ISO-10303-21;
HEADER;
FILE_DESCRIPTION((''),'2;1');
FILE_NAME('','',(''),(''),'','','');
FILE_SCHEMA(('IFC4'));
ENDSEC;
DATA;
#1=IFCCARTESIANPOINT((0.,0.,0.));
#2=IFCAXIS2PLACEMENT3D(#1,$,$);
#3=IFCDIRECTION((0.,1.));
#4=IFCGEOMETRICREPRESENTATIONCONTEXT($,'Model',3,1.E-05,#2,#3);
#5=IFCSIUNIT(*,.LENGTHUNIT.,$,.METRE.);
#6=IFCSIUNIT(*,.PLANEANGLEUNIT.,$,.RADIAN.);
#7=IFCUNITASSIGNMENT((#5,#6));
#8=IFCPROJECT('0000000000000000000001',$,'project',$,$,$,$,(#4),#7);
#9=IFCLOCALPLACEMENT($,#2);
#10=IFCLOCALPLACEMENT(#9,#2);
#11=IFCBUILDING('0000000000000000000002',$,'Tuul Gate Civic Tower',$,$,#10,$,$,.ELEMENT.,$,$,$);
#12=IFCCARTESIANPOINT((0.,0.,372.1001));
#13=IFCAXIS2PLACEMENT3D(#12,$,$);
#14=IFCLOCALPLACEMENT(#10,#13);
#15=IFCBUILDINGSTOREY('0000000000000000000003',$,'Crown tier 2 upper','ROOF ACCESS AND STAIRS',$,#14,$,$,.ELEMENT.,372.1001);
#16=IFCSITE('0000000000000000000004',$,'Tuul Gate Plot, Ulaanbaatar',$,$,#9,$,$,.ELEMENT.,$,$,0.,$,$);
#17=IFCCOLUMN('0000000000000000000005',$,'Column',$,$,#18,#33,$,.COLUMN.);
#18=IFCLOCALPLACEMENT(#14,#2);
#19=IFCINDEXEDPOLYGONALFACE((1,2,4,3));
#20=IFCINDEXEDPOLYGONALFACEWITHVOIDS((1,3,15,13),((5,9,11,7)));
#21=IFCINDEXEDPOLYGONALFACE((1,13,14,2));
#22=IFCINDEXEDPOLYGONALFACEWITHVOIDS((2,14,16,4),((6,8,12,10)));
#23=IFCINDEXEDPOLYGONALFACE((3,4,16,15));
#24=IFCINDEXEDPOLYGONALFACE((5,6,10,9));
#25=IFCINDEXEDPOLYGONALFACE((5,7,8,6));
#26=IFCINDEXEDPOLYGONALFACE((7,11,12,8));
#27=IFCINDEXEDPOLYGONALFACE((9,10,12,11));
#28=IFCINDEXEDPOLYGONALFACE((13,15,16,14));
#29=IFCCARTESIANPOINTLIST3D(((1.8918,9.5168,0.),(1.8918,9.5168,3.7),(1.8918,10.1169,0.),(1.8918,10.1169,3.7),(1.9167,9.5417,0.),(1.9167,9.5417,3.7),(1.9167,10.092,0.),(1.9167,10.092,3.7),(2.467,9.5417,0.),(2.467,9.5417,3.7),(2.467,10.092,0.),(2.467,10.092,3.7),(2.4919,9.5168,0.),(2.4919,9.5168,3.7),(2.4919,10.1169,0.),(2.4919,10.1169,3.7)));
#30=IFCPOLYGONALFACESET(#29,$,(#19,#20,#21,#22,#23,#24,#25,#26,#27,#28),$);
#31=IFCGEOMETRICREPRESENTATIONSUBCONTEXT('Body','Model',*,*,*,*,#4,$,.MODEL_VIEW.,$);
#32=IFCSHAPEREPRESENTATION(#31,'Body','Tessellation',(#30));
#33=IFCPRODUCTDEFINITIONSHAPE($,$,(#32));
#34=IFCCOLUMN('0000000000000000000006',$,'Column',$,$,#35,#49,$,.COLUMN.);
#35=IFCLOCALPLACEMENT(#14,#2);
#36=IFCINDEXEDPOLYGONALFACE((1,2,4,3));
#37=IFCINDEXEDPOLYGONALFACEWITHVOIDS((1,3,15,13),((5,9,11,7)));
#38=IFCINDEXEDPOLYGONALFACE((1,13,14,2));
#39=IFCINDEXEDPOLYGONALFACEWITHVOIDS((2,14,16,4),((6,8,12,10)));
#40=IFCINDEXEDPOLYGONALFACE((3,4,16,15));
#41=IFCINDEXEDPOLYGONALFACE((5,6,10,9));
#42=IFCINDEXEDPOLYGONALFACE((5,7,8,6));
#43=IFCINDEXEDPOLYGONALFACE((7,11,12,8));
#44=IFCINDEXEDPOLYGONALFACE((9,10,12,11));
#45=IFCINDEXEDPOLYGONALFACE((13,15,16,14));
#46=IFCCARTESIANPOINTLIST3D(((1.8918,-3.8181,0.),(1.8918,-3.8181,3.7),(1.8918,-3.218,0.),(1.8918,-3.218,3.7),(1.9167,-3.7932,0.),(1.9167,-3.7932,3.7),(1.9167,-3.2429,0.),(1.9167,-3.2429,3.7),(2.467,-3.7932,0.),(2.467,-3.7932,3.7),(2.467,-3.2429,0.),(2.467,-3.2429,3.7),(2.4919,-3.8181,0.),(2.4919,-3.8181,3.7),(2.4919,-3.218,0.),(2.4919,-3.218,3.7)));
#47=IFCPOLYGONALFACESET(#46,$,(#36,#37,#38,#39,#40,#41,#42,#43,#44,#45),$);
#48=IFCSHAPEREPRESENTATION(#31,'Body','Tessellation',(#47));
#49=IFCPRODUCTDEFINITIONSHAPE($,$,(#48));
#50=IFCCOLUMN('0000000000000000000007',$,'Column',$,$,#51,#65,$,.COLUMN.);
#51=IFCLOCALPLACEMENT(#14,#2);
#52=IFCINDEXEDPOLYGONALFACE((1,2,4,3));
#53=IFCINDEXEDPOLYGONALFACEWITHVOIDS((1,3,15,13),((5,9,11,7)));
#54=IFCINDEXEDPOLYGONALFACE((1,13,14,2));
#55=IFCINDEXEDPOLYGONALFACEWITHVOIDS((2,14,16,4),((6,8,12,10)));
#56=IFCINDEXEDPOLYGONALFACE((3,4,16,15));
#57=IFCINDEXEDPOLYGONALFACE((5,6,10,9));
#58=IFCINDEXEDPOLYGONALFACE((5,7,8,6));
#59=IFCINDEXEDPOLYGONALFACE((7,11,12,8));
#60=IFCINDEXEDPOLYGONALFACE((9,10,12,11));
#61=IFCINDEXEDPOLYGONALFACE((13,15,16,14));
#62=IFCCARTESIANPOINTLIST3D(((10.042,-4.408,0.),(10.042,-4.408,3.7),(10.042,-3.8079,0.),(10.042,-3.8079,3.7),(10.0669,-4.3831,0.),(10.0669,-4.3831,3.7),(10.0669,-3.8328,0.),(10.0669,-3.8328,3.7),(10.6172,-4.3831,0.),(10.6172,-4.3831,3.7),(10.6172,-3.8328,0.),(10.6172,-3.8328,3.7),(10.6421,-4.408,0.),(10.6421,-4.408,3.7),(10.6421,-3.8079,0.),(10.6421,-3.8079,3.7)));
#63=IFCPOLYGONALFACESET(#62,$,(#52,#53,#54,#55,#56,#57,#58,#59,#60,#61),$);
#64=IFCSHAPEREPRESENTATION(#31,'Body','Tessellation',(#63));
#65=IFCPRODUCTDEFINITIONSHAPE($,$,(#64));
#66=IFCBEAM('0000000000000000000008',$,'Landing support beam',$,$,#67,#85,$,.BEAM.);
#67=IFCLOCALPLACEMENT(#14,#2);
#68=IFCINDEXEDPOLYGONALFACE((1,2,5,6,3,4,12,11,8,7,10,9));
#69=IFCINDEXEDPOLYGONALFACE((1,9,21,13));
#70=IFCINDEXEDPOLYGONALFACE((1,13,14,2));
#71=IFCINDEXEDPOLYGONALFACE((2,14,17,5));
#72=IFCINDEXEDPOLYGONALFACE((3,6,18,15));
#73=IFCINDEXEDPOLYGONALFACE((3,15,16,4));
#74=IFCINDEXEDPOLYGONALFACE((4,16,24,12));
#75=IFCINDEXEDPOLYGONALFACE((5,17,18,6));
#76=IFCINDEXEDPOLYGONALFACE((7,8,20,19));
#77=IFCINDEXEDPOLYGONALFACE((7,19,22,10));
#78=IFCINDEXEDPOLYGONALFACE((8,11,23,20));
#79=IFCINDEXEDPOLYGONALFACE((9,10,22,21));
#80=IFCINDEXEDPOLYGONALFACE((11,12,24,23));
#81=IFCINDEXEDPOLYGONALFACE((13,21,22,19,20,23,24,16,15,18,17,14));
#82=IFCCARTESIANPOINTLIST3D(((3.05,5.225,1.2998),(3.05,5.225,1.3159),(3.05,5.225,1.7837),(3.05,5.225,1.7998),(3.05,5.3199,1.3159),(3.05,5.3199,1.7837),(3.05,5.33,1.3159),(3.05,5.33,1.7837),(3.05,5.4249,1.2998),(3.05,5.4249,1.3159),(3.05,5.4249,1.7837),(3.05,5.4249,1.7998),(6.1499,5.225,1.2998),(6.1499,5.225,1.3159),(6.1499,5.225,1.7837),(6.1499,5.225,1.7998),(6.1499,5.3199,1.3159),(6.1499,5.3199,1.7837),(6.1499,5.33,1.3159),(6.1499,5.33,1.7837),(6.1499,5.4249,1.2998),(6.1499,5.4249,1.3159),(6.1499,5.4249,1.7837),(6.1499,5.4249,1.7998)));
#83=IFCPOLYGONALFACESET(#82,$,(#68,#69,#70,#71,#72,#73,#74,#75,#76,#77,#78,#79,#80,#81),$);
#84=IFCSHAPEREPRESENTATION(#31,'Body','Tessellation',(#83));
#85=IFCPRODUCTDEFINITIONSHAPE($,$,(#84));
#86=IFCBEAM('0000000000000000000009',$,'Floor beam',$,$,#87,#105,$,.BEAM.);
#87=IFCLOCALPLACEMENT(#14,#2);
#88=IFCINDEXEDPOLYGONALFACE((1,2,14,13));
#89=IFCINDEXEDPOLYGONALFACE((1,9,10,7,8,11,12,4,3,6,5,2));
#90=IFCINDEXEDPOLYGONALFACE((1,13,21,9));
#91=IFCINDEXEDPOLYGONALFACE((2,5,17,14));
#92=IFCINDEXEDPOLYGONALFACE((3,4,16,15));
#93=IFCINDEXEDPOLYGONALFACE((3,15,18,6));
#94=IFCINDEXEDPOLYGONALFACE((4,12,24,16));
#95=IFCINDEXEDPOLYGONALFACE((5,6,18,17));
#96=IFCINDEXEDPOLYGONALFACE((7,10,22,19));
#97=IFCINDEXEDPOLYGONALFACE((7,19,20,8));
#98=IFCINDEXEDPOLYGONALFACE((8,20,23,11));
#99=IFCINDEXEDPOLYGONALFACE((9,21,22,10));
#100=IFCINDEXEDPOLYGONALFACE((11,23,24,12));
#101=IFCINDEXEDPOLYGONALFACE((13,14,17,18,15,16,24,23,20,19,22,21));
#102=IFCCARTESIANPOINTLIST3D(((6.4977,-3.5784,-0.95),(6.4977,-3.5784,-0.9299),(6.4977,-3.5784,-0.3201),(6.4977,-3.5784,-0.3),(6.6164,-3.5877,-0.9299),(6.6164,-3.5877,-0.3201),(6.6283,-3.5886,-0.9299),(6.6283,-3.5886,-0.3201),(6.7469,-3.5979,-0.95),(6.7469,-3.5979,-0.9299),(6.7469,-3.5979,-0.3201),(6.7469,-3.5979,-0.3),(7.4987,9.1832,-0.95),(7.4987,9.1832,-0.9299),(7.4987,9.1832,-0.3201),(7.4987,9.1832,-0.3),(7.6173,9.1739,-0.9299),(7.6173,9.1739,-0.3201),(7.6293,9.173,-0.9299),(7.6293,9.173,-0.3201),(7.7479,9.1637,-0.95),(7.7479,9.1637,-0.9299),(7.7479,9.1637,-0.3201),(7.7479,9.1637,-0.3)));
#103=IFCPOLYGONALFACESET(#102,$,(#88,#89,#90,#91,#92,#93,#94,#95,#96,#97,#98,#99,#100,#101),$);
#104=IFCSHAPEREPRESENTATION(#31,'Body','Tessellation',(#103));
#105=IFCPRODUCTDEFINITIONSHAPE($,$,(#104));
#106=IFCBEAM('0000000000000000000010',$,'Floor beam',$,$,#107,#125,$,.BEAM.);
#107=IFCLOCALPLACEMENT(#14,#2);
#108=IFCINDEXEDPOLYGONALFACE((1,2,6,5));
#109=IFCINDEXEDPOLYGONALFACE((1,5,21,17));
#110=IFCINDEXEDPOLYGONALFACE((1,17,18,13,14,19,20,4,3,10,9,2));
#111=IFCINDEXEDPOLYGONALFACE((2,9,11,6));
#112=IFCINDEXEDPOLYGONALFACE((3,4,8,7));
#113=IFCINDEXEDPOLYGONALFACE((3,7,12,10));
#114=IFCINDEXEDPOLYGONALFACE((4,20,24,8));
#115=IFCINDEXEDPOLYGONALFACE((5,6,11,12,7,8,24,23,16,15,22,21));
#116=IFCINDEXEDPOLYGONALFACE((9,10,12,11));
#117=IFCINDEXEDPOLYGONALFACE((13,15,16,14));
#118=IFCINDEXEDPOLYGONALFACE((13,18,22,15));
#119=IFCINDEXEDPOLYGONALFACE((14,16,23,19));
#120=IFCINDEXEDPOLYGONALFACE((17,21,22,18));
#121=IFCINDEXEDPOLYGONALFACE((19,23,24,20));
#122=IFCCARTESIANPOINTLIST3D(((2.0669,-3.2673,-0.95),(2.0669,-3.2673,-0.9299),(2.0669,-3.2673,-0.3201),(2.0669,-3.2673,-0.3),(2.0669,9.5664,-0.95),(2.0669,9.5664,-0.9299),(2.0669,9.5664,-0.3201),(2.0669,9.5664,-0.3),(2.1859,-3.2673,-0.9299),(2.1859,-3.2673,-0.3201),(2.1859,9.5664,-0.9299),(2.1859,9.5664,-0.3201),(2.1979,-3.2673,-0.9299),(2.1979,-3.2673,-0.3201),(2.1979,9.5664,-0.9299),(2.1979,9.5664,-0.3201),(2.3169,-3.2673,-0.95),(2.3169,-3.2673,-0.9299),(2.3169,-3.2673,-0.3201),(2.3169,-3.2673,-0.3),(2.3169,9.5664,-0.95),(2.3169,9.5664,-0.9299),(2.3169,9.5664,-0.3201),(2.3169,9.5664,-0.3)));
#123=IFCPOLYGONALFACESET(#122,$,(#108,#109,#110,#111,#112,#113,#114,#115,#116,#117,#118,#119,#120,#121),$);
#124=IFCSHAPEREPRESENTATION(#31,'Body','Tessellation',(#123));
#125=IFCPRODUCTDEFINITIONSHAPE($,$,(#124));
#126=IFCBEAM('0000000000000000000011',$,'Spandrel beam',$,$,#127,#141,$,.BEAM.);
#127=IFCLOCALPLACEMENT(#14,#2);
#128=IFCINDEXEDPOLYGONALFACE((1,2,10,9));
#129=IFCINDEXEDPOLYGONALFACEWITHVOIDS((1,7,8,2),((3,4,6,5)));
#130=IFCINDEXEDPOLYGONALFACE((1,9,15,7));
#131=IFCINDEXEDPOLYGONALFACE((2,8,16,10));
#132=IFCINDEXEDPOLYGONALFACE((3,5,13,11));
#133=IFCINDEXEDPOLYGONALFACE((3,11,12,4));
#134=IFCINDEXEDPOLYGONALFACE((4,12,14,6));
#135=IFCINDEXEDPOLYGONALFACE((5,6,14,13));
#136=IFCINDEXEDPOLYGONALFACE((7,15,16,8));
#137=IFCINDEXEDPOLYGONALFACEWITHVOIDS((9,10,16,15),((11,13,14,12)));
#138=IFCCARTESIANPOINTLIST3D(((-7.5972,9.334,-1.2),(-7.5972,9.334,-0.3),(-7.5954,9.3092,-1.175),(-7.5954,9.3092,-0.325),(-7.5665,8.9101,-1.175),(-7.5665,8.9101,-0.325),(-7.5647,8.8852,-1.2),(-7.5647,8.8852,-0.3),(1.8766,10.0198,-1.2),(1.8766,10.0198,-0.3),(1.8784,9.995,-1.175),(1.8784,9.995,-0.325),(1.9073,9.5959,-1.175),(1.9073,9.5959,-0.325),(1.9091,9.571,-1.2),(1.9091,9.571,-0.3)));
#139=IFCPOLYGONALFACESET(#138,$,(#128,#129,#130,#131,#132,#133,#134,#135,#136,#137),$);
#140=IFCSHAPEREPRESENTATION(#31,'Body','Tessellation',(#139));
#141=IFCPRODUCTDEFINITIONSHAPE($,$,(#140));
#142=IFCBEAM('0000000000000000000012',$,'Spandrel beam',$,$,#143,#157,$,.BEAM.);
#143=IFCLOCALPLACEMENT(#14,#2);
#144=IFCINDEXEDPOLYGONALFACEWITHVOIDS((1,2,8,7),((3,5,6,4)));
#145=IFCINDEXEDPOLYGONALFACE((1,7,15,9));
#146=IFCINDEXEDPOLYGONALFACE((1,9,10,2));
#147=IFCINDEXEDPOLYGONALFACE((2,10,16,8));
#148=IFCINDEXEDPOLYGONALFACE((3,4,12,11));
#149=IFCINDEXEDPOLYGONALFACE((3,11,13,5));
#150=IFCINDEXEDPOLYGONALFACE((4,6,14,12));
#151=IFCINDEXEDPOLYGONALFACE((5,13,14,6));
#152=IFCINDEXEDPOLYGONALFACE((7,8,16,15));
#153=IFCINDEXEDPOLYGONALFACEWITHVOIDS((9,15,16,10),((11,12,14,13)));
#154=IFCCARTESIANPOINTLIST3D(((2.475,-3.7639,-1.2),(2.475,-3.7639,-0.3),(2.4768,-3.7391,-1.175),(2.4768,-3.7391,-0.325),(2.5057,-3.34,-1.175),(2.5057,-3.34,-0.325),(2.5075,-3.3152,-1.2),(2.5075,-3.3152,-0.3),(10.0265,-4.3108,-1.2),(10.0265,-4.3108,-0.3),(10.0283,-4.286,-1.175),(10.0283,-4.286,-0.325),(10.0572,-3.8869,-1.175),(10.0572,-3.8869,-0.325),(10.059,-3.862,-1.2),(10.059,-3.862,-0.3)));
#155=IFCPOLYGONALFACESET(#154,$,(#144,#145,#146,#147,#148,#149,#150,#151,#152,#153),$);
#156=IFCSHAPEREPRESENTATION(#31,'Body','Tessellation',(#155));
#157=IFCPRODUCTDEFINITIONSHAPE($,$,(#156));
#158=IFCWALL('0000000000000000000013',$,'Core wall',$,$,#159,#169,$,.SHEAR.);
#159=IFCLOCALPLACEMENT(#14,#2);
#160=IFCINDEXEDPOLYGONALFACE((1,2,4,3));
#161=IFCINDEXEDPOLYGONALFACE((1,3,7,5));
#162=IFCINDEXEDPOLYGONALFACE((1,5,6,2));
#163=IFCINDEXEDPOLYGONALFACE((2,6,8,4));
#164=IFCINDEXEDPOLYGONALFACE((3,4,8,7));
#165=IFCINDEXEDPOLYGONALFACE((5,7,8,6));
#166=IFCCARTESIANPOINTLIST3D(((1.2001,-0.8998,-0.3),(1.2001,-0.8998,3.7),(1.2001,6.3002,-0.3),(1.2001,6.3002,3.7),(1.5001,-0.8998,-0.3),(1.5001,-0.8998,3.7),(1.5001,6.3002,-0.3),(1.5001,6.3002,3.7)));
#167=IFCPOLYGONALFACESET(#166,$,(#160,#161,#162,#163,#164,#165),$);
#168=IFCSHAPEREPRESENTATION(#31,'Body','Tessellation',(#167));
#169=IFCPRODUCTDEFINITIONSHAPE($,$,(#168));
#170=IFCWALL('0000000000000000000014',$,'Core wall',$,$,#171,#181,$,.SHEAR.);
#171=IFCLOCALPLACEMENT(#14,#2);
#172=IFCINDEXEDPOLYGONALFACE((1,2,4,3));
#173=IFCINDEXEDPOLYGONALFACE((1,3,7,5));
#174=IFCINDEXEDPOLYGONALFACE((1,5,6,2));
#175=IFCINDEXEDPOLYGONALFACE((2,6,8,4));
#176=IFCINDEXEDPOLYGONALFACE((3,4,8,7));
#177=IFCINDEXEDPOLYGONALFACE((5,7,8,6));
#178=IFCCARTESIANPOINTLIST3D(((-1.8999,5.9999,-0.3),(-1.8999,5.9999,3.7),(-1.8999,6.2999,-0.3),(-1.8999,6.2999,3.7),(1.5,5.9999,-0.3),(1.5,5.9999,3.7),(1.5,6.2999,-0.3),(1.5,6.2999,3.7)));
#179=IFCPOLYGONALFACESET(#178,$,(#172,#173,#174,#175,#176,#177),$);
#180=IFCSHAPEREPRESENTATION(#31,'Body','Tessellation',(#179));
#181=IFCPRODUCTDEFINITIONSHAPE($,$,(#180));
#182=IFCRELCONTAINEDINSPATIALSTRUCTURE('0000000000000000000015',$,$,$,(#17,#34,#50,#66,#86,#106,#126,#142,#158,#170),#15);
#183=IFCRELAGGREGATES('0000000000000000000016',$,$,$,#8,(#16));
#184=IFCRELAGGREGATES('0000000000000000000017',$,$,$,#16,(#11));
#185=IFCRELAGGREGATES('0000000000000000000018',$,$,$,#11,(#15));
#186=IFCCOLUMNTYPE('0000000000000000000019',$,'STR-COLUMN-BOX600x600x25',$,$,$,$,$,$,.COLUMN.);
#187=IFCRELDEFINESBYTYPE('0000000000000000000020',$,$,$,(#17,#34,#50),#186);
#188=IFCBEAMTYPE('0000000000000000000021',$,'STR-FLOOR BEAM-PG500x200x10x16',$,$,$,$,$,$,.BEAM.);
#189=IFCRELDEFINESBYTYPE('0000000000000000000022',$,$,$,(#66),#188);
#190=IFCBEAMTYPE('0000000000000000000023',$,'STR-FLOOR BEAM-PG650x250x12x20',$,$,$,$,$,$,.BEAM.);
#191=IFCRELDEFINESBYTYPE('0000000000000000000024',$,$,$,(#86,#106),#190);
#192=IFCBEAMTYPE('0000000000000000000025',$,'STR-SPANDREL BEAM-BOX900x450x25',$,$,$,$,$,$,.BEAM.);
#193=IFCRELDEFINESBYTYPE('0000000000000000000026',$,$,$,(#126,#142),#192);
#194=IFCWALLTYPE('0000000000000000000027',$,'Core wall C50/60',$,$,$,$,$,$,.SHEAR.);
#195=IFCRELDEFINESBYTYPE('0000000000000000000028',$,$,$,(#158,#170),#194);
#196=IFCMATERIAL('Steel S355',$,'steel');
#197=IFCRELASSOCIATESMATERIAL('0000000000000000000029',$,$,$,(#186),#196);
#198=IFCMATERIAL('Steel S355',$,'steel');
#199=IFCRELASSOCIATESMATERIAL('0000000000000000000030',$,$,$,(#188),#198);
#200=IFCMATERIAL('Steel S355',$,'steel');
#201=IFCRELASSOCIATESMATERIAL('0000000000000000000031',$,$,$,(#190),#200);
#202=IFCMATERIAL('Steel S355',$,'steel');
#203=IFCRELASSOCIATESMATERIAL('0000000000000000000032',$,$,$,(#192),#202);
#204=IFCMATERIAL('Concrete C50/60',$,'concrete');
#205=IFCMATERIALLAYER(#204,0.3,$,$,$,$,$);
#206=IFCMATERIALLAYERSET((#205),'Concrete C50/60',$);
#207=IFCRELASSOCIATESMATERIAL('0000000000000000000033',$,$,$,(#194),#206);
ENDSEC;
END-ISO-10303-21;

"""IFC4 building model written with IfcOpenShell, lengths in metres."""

from ifc_helpers import new_model, si_unit, direction, frame, frame_2d, origin, origin_2d, place, context, subcontext, project, spatial, rectangle, hollow_rectangle, i_section, extrude, material, layer, layer_set, material_profile, profile_set, type_object, element, save


model = new_model("IFC4")

# Units and contexts
model_context = context("Model", 3, precision=1e-05, world=origin(), true_north=direction((0.0, 1.0)))
body_context = subcontext(model_context, "Body", "Model", "MODEL_VIEW")
ifc_project = project(units=[si_unit("LENGTHUNIT", "METRE"), si_unit("PLANEANGLEUNIT", "RADIAN")], contexts=[model_context])

# Site, building, storey
site_placement = place(None, origin())
site = spatial("IfcSite", under=ifc_project, at=site_placement, Name="Tuul Gate Plot, Ulaanbaatar", CompositionType="ELEMENT", RefElevation=0.0)
building_placement = place(site_placement, origin())
building = spatial("IfcBuilding", under=site, at=building_placement, Name="Tuul Gate Civic Tower", CompositionType="ELEMENT")
storey_placement = place(building_placement, frame((0.0, 0.0, 372.1001)))
storey = spatial("IfcBuildingStorey", under=building, at=storey_placement, Name="Crown tier 2 upper", Description="ROOF ACCESS AND STAIRS", CompositionType="ELEMENT", Elevation=372.1001)

# Columns
ifc_material_1 = material(Name="Steel S355", Category="steel")
ifc_material_profile_1 = material_profile(ifc_material_1, hollow_rectangle(XDim=0.6001, YDim=0.6001, WallThickness=0.0249, at=origin_2d()), Name="BOX600x600x25")
ifc_profile_set_1 = profile_set([ifc_material_profile_1], Name="Steel S355")
column_type = type_object("IfcColumnType", Name="STR-COLUMN-BOX600x600x25", PredefinedType="COLUMN", material=ifc_profile_set_1)
for number, where, z_axis, x_axis, name in (
    (1, (2.1919, 9.8169, 0.0), (0.0, 0.0, 1.0), (1.0, 0.0, 0.0), "Column"),
    (2, (2.1919, -3.5181, 0.0), (0.0, 0.0, 1.0), (1.0, 0.0, 0.0), "Column"),
    (3, (10.342, -4.1079, 0.0), (0.0, 0.0, 1.0), (1.0, 0.0, 0.0), "Column"),
):
    element("IfcColumn", number, at=place(storey_placement, frame(where, z_axis=z_axis, x_axis=x_axis)), inside=storey, type_object=column_type, Name=name, PredefinedType="COLUMN", context=body_context, shape_type="SweptSolid", body=[
        extrude(hollow_rectangle(XDim=0.6001, YDim=0.6001, WallThickness=0.0249, at=origin_2d()), origin(), (0.0, 0.0, 1.0), 3.7),
    ])

# Beams
ifc_material_2 = material(Name="Steel S355", Category="steel")
ifc_material_profile_2 = material_profile(ifc_material_2, i_section(OverallWidth=0.2, OverallDepth=0.5, WebThickness=0.01, FlangeThickness=0.0161, at=origin_2d()), Name="PG500x200x10x16")
ifc_profile_set_2 = profile_set([ifc_material_profile_2], Name="Steel S355")
beam_type_1 = type_object("IfcBeamType", Name="STR-FLOOR BEAM-PG500x200x10x16", PredefinedType="BEAM", material=ifc_profile_set_2)
beam_1_placement = place(storey_placement, frame((3.05, 5.325, 1.5498), z_axis=(1.0, 0.0, 0.0), x_axis=(0.0, 1.0, 0.0)))
element("IfcBeam", 4, at=beam_1_placement, inside=storey, type_object=beam_type_1, Name="Landing support beam", PredefinedType="BEAM", context=body_context, shape_type="SweptSolid", body=[
    extrude(i_section(OverallWidth=0.2, OverallDepth=0.5, WebThickness=0.01, FlangeThickness=0.0161, at=origin_2d()), origin(), (0.0, 0.0, 1.0), 3.0999),
])
ifc_material_3 = material(Name="Steel S355", Category="steel")
ifc_material_profile_3 = material_profile(ifc_material_3, i_section(OverallWidth=0.25, OverallDepth=0.6499, WebThickness=0.012, FlangeThickness=0.02, at=origin_2d()), Name="PG650x250x12x20")
ifc_profile_set_3 = profile_set([ifc_material_profile_3], Name="Steel S355")
beam_type_2 = type_object("IfcBeamType", Name="STR-FLOOR BEAM-PG650x250x12x20", PredefinedType="BEAM", material=ifc_profile_set_3)
beam_2_placement = place(storey_placement, frame((6.6223, -3.5881, -0.625), z_axis=(0.078197, 0.996938, 0.0), x_axis=(-0.996938, 0.078197, 0.0)))
element("IfcBeam", 5, at=beam_2_placement, inside=storey, type_object=beam_type_2, Name="Floor beam", PredefinedType="BEAM", context=body_context, shape_type="SweptSolid", body=[
    extrude(i_section(OverallWidth=0.25, OverallDepth=0.6499, WebThickness=0.012, FlangeThickness=0.02, at=origin_2d()), origin(), (0.0, 0.0, 1.0), 12.8008),
])
beam_3_placement = place(storey_placement, frame((2.1919, -3.2673, -0.625), z_axis=(0.0, 1.0, 0.0), x_axis=(-1.0, 0.0, 0.0)))
element("IfcBeam", 6, at=beam_3_placement, inside=storey, type_object=beam_type_2, Name="Floor beam", PredefinedType="BEAM", context=body_context, shape_type="SweptSolid", body=[
    extrude(i_section(OverallWidth=0.25, OverallDepth=0.6499, WebThickness=0.012, FlangeThickness=0.02, at=origin_2d()), origin(), (0.0, 0.0, 1.0), 12.8337),
])
ifc_material_4 = material(Name="Steel S355", Category="steel")
ifc_material_profile_4 = material_profile(ifc_material_4, hollow_rectangle(XDim=0.45, YDim=0.8999, WallThickness=0.0249, at=origin_2d()), Name="BOX900x450x25")
ifc_profile_set_4 = profile_set([ifc_material_profile_4], Name="Steel S355")
beam_type_3 = type_object("IfcBeamType", Name="STR-SPANDREL BEAM-BOX900x450x25", PredefinedType="BEAM", material=ifc_profile_set_4)
beam_4_placement = place(storey_placement, frame((1.8928, 9.7954, -0.75), z_axis=(-0.99739, -0.072201, 0.0), x_axis=(0.072201, -0.99739, 0.0)))
element("IfcBeam", 7, at=beam_4_placement, inside=storey, type_object=beam_type_3, Name="Spandrel beam", PredefinedType="BEAM", context=body_context, shape_type="SweptSolid", body=[
    extrude(hollow_rectangle(XDim=0.45, YDim=0.8999, WallThickness=0.0249, at=origin_2d()), origin(), (0.0, 0.0, 1.0), 9.4985),
])
beam_5_placement = place(storey_placement, frame((2.4912, -3.5396, -0.75), z_axis=(0.997388, -0.07223, 0.0), x_axis=(0.07223, 0.997388, 0.0)))
element("IfcBeam", 8, at=beam_5_placement, inside=storey, type_object=beam_type_3, Name="Spandrel beam", PredefinedType="BEAM", context=body_context, shape_type="SweptSolid", body=[
    extrude(hollow_rectangle(XDim=0.45, YDim=0.8999, WallThickness=0.0249, at=origin_2d()), origin(), (0.0, 0.0, 1.0), 7.5713),
])

# Walls
ifc_material_5 = material(Name="Concrete C50/60", Category="concrete")
ifc_layer_1 = layer(ifc_material_5, 0.3)
ifc_layer_set_1 = layer_set([ifc_layer_1], Name="Concrete C50/60")
wall_type_1 = type_object("IfcWallType", Name="Core wall C50/60", PredefinedType="SHEAR", material=ifc_layer_set_1)
wall_1_placement = place(storey_placement, frame((1.3501, -0.8999, -0.3), z_axis=(0.0, 0.0, 1.0), x_axis=(0.0, 1.0, 0.0)))
element("IfcWall", 9, at=wall_1_placement, inside=storey, type_object=wall_type_1, Name="Core wall", PredefinedType="SHEAR", context=body_context, shape_type="SweptSolid", body=[
    extrude(rectangle(XDim=7.2, YDim=0.3, at=frame_2d((3.6001, 0.0))), origin(), (0.0, 0.0, 1.0), 4.0),
])
wall_2_placement = place(storey_placement, frame((1.5, 6.1499, -0.3), z_axis=(0.0, 0.0, 1.0), x_axis=(-1.0, 0.0, 0.0)))
element("IfcWall", 10, at=wall_2_placement, inside=storey, type_object=wall_type_1, Name="Core wall", PredefinedType="SHEAR", context=body_context, shape_type="SweptSolid", body=[
    extrude(rectangle(XDim=3.3999, YDim=0.3, at=frame_2d((1.7, 0.0))), origin(), (0.0, 0.0, 1.0), 4.0),
])

save(model, "model.ifc")
